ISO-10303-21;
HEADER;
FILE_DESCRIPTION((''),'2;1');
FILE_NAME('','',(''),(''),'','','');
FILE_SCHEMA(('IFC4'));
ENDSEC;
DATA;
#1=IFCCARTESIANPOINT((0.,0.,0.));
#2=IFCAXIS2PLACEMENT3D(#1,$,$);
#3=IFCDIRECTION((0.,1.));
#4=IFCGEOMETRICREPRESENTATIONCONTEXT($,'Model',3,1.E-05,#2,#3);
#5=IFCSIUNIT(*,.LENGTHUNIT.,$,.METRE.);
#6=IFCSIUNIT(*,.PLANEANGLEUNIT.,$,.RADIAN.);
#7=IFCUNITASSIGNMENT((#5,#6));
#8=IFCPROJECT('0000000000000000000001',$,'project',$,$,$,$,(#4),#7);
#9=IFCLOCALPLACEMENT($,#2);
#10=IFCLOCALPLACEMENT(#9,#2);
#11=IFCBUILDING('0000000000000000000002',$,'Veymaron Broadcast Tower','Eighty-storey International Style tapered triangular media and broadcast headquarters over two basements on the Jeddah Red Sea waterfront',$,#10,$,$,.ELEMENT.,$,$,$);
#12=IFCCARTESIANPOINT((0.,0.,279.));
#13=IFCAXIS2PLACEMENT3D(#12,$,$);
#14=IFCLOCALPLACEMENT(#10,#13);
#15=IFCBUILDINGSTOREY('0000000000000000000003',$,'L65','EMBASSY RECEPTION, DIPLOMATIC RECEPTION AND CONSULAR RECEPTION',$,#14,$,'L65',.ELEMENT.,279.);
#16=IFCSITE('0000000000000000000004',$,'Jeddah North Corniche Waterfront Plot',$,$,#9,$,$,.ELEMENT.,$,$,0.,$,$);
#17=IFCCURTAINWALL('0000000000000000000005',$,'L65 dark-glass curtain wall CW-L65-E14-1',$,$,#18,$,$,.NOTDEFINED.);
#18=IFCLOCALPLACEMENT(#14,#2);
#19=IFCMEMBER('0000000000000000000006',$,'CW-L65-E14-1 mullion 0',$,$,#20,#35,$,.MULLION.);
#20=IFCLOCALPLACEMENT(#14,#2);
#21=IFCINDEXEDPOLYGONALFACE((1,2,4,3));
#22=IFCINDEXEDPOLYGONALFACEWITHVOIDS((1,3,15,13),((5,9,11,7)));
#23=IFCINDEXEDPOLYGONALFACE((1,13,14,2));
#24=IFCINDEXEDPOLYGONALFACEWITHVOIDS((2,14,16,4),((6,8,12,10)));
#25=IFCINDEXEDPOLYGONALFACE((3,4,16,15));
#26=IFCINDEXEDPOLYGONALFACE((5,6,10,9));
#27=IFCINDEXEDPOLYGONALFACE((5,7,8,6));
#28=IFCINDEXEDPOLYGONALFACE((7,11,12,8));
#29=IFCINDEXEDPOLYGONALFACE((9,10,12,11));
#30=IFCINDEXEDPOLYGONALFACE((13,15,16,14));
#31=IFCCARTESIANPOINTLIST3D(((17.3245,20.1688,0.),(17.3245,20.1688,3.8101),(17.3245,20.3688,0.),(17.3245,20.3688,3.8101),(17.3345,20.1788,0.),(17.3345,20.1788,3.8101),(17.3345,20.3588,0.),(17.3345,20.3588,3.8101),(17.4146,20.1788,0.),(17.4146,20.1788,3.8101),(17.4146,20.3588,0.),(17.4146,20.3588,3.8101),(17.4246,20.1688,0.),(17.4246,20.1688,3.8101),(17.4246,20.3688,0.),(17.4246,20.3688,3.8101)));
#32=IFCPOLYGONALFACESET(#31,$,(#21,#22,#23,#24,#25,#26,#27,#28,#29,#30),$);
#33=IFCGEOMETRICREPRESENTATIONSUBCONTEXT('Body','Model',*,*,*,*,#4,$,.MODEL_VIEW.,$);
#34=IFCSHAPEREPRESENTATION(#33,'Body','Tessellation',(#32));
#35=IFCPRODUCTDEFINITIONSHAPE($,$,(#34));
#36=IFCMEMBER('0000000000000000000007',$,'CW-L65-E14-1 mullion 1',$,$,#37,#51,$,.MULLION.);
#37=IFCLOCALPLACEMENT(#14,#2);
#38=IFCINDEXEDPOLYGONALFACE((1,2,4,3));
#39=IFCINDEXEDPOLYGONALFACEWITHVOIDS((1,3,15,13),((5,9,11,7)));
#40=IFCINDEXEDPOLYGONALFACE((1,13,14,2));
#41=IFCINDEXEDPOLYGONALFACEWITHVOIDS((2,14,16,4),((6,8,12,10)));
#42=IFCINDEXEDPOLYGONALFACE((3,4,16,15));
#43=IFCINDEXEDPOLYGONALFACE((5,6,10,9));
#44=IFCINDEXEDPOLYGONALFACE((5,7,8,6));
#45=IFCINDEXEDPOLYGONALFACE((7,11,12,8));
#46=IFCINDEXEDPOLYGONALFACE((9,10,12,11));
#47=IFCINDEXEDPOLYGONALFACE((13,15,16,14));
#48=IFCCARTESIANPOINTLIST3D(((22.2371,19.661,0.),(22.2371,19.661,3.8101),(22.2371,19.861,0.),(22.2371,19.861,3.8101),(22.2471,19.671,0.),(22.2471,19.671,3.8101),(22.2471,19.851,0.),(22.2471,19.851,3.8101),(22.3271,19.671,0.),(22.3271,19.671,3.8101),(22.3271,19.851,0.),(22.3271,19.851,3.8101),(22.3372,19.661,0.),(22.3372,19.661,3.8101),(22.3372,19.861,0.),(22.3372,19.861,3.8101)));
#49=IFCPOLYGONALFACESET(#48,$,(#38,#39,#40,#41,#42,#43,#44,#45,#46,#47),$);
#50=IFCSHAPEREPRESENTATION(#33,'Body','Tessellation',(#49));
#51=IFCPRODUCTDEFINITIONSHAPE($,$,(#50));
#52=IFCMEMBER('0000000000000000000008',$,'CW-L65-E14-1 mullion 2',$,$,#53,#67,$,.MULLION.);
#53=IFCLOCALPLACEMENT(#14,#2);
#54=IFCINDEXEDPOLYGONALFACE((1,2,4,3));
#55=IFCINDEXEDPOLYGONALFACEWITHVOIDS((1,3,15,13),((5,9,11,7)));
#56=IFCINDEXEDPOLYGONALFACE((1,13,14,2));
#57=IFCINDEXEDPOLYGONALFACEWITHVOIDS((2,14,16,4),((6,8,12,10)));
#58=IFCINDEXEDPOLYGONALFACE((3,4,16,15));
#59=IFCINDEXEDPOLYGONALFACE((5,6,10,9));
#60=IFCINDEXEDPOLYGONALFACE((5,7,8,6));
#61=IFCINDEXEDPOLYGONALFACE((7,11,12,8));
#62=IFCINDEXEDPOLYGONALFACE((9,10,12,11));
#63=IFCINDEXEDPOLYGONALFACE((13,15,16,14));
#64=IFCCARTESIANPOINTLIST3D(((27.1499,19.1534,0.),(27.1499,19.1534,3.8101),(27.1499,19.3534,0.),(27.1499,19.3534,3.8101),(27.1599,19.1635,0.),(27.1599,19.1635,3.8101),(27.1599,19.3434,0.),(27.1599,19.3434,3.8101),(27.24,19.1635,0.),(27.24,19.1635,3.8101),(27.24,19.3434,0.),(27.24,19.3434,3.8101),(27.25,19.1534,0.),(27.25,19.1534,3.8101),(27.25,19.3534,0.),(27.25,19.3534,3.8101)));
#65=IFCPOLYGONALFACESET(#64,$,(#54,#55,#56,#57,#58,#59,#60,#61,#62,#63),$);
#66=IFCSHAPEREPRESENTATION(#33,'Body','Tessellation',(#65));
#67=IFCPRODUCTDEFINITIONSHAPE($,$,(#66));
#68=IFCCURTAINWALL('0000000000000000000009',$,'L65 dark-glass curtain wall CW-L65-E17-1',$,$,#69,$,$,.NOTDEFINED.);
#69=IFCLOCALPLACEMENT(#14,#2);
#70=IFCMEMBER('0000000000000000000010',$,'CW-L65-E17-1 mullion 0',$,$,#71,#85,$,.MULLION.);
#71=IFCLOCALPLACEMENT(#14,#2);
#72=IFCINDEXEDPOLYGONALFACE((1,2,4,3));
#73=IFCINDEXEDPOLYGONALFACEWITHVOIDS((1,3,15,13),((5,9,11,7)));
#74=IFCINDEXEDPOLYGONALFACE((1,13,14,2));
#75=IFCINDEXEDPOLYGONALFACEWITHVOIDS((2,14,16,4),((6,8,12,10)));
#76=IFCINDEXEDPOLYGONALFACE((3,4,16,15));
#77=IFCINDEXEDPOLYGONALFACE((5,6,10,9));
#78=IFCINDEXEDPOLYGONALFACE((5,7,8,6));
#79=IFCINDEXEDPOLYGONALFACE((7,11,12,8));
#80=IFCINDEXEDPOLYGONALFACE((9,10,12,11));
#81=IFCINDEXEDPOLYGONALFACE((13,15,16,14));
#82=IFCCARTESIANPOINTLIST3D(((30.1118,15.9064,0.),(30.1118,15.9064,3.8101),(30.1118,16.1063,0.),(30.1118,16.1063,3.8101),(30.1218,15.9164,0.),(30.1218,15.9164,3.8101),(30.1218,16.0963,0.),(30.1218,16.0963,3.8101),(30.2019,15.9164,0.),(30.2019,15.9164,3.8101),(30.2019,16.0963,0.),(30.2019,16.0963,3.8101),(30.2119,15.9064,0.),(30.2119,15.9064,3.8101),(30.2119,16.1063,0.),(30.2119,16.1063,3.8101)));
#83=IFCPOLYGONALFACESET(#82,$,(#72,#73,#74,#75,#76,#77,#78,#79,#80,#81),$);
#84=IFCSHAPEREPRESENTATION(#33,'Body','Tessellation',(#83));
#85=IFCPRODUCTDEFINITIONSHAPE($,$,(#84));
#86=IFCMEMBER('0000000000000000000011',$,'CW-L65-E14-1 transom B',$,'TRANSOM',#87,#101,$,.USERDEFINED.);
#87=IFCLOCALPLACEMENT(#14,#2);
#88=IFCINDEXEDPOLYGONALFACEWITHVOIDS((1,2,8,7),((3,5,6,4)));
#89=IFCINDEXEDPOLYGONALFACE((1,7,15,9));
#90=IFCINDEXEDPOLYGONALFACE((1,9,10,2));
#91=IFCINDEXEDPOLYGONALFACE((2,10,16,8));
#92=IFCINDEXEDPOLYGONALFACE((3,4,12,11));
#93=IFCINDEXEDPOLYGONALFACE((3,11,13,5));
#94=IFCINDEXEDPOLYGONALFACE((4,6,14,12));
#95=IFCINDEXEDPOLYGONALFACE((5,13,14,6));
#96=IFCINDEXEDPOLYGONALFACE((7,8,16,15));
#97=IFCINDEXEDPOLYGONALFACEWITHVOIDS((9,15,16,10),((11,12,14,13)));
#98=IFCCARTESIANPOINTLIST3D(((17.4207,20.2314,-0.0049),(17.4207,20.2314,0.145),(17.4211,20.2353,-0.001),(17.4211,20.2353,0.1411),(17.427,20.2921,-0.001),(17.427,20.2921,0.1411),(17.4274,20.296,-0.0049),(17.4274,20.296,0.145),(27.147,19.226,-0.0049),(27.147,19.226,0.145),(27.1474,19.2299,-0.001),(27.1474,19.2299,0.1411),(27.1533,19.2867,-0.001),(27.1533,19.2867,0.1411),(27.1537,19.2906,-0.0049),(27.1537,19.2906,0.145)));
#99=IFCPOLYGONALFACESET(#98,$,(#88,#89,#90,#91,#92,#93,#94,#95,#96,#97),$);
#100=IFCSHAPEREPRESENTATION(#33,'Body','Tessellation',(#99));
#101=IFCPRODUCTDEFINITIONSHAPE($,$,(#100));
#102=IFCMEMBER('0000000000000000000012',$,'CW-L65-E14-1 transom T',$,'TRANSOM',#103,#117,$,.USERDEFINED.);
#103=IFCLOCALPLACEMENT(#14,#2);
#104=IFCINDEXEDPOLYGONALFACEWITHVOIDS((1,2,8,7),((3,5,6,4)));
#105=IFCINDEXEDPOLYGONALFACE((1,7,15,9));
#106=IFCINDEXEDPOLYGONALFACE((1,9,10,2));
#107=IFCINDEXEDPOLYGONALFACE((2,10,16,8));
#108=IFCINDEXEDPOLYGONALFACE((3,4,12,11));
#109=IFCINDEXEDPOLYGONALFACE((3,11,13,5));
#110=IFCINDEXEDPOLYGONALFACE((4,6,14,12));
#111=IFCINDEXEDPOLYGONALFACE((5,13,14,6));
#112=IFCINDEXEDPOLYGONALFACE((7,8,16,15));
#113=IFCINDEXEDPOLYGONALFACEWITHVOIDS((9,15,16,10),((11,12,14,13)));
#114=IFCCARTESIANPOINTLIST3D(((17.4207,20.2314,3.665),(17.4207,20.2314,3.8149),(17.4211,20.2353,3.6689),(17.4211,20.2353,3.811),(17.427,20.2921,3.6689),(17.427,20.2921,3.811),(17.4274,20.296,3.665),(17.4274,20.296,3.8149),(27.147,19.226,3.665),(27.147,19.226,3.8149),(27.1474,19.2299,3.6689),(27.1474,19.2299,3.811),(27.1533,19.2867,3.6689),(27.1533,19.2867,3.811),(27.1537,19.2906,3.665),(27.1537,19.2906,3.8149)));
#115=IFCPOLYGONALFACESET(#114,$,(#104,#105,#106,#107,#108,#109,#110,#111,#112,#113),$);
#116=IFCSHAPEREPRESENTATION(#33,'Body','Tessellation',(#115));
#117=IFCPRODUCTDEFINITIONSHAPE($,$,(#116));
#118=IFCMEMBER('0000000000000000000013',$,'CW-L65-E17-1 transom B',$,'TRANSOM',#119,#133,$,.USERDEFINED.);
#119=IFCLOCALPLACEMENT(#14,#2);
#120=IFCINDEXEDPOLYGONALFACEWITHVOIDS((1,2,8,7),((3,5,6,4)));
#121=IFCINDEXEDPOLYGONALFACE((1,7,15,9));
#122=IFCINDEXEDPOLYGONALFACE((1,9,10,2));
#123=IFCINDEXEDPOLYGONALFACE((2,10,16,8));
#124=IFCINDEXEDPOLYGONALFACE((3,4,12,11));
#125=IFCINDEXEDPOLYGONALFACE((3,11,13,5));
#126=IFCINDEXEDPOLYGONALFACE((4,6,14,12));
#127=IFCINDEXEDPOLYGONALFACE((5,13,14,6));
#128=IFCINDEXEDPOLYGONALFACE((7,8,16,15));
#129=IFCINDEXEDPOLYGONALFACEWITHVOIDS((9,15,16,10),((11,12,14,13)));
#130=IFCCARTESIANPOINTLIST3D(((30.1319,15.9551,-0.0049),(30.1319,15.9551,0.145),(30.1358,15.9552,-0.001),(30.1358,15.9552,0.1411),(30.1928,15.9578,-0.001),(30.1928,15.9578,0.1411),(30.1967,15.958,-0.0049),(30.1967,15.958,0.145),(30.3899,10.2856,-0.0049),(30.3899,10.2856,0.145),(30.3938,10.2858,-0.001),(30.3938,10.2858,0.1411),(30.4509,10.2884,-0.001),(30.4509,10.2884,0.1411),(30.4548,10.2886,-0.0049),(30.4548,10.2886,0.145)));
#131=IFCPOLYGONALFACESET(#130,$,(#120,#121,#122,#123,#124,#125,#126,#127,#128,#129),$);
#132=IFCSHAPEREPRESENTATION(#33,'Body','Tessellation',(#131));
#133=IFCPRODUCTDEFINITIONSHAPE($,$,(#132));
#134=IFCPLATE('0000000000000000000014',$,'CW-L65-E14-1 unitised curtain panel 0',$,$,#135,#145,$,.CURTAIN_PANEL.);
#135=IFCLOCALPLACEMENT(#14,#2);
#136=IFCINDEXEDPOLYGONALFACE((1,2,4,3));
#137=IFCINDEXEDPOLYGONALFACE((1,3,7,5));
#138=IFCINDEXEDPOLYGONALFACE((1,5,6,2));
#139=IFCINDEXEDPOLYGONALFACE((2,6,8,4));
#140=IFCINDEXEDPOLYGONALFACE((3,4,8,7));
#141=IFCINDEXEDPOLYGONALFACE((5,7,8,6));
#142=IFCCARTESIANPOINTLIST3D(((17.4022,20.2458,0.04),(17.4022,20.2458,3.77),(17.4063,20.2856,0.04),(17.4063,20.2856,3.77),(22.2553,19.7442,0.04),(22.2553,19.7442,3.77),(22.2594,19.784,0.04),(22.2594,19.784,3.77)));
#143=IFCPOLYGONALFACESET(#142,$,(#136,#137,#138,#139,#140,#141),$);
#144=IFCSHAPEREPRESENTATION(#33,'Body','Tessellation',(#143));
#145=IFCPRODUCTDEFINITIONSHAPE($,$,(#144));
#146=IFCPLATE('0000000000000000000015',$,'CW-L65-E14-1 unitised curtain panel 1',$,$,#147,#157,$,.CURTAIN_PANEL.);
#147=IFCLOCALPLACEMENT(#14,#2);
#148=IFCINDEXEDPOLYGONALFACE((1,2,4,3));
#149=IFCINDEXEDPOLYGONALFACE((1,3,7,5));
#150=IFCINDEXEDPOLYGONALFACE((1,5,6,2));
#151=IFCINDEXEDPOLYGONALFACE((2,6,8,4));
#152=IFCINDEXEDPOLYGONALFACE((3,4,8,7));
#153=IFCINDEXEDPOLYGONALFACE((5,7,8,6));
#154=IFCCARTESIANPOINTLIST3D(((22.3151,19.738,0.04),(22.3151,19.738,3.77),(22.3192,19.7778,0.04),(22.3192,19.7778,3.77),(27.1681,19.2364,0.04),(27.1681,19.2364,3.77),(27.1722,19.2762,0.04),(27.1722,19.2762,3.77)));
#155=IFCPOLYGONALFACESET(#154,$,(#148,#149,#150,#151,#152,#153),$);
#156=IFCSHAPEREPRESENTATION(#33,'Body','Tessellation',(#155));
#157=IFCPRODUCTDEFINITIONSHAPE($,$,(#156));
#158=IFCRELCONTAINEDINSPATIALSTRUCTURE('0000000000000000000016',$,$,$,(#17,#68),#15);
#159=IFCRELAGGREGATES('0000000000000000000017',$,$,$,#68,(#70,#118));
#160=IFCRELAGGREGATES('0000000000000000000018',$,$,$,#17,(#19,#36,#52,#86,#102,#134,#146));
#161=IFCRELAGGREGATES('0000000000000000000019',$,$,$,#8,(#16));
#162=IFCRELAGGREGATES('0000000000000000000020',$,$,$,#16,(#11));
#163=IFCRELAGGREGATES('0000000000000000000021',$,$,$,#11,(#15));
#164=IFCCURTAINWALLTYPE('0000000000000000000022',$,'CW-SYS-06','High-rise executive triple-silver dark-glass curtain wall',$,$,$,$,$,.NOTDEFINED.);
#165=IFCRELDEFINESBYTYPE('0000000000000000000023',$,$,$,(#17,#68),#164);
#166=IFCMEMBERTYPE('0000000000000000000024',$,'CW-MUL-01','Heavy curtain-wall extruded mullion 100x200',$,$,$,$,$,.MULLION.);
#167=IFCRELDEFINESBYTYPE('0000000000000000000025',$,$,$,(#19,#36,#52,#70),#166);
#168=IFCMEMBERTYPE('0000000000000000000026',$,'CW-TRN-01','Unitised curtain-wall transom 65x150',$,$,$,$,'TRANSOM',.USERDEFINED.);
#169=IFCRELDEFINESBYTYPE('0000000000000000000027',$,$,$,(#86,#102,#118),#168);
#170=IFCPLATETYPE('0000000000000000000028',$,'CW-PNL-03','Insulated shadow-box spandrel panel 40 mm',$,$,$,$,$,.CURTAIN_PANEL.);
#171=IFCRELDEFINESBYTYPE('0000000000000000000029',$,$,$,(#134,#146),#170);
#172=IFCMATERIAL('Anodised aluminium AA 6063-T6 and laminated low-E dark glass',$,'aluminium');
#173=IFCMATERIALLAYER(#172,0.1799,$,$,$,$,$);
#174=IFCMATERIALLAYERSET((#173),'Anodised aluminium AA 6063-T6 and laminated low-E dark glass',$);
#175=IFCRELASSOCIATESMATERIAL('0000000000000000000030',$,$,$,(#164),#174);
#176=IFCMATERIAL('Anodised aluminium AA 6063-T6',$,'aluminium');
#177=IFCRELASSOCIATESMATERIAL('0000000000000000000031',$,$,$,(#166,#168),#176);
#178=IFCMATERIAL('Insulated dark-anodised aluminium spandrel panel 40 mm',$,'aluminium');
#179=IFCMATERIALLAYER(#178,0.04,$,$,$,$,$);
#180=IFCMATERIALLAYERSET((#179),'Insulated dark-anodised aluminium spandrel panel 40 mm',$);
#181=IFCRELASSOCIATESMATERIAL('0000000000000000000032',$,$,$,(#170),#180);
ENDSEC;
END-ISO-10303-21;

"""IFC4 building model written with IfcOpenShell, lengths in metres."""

from ifc_helpers import new_model, si_unit, direction, frame, origin, origin_2d, place, context, subcontext, project, spatial, rectangle, hollow_rectangle, extrude, material, layer, layer_set, material_profile, profile_set, type_object, element, aggregate, save


model = new_model("IFC4")

# Units and contexts
model_context = context("Model", 3, precision=1e-05, world=origin(), true_north=direction((0.0, 1.0)))
body_context = subcontext(model_context, "Body", "Model", "MODEL_VIEW")
ifc_project = project(units=[si_unit("LENGTHUNIT", "METRE"), si_unit("PLANEANGLEUNIT", "RADIAN")], contexts=[model_context])

# Site, building, storey
site_placement = place(None, origin())
site = spatial("IfcSite", under=ifc_project, at=site_placement, Name="Jeddah North Corniche Waterfront Plot", CompositionType="ELEMENT", RefElevation=0.0)
building_placement = place(site_placement, origin())
building = spatial("IfcBuilding", under=site, at=building_placement, Name="Veymaron Broadcast Tower", Description="Eighty-storey International Style tapered triangular media and broadcast headquarters over two basements on the Jeddah Red Sea waterfront", CompositionType="ELEMENT")
storey_placement = place(building_placement, frame((0.0, 0.0, 279.0)))
storey = spatial("IfcBuildingStorey", under=building, at=storey_placement, Name="L65", Description="EMBASSY RECEPTION, DIPLOMATIC RECEPTION AND CONSULAR RECEPTION", LongName="L65", CompositionType="ELEMENT", Elevation=279.0)

# Curtain wall, members
ifc_material_1 = material(Name="Anodised aluminium AA 6063-T6 and laminated low-E dark glass", Category="aluminium")
ifc_layer_1 = layer(ifc_material_1, 0.1799)
ifc_layer_set_1 = layer_set([ifc_layer_1], Name="Anodised aluminium AA 6063-T6 and laminated low-E dark glass")
curtain_wall_type = type_object("IfcCurtainWallType", Name="CW-SYS-06", Description="High-rise executive triple-silver dark-glass curtain wall", PredefinedType="NOTDEFINED", material=ifc_layer_set_1)
curtain_wall_1_placement = place(storey_placement, origin())
curtain_wall_1 = element("IfcCurtainWall", 1, at=curtain_wall_1_placement, inside=storey, type_object=curtain_wall_type, Name="L65 dark-glass curtain wall CW-L65-E14-1", PredefinedType="NOTDEFINED")
ifc_material_2 = material(Name="Anodised aluminium AA 6063-T6", Category="aluminium")
ifc_material_profile_1 = material_profile(ifc_material_2, hollow_rectangle(XDim=0.1001, YDim=0.2, WallThickness=0.01, at=origin_2d()), Name="RHS200X100X10")
ifc_profile_set_1 = profile_set([ifc_material_profile_1], Name="Anodised aluminium AA 6063-T6")
member_type_1 = type_object("IfcMemberType", Name="CW-MUL-01", Description="Heavy curtain-wall extruded mullion 100x200", PredefinedType="MULLION", material=ifc_profile_set_1)
member_1_placement = place(storey_placement, frame((17.3745, 20.2688, 0.0), z_axis=(0.0, 0.0, 1.0), x_axis=(1.0, 0.0, 0.0)))
member_1 = element("IfcMember", 2, at=member_1_placement, type_object=member_type_1, Name="CW-L65-E14-1 mullion 0", PredefinedType="MULLION", context=body_context, shape_type="SweptSolid", body=[
    extrude(hollow_rectangle(XDim=0.1001, YDim=0.2, WallThickness=0.01, at=origin_2d()), origin(), (0.0, 0.0, 1.0), 3.8101),
])
member_2_placement = place(storey_placement, frame((22.2871, 19.761, 0.0), z_axis=(0.0, 0.0, 1.0), x_axis=(1.0, 0.0, 0.0)))
member_2 = element("IfcMember", 3, at=member_2_placement, type_object=member_type_1, Name="CW-L65-E14-1 mullion 1", PredefinedType="MULLION", context=body_context, shape_type="SweptSolid", body=[
    extrude(hollow_rectangle(XDim=0.1001, YDim=0.2, WallThickness=0.01, at=origin_2d()), origin(), (0.0, 0.0, 1.0), 3.8101),
])
member_3_placement = place(storey_placement, frame((27.2, 19.2534, 0.0), z_axis=(0.0, 0.0, 1.0), x_axis=(1.0, 0.0, 0.0)))
member_3 = element("IfcMember", 4, at=member_3_placement, type_object=member_type_1, Name="CW-L65-E14-1 mullion 2", PredefinedType="MULLION", context=body_context, shape_type="SweptSolid", body=[
    extrude(hollow_rectangle(XDim=0.1001, YDim=0.2, WallThickness=0.01, at=origin_2d()), origin(), (0.0, 0.0, 1.0), 3.8101),
])

# Curtain wall, member
curtain_wall_2_placement = place(storey_placement, origin())
curtain_wall_2 = element("IfcCurtainWall", 5, at=curtain_wall_2_placement, inside=storey, type_object=curtain_wall_type, Name="L65 dark-glass curtain wall CW-L65-E17-1", PredefinedType="NOTDEFINED")
member_4_placement = place(storey_placement, frame((30.1619, 16.0063, 0.0), z_axis=(0.0, 0.0, 1.0), x_axis=(1.0, 0.0, 0.0)))
member_4 = element("IfcMember", 6, at=member_4_placement, type_object=member_type_1, Name="CW-L65-E17-1 mullion 0", PredefinedType="MULLION", context=body_context, shape_type="SweptSolid", body=[
    extrude(hollow_rectangle(XDim=0.1001, YDim=0.2, WallThickness=0.01, at=origin_2d()), origin(), (0.0, 0.0, 1.0), 3.8101),
])

# Members
ifc_material_profile_2 = material_profile(ifc_material_2, hollow_rectangle(XDim=0.0649, YDim=0.1499, WallThickness=0.0039, at=origin_2d()), Name="AL150X65X4")
ifc_profile_set_2 = profile_set([ifc_material_profile_2], Name="Anodised aluminium AA 6063-T6")
member_type_2 = type_object("IfcMemberType", Name="CW-TRN-01", Description="Unitised curtain-wall transom 65x150", ElementType="TRANSOM", PredefinedType="USERDEFINED", material=ifc_profile_set_2)
member_5_placement = place(storey_placement, frame((17.4241, 20.2637, 0.0701), z_axis=(0.9947, -0.102818, 0.0), x_axis=(0.102818, 0.9947, 0.0)))
member_5 = element("IfcMember", 7, at=member_5_placement, type_object=member_type_2, Name="CW-L65-E14-1 transom B", ObjectType="TRANSOM", PredefinedType="USERDEFINED", context=body_context, shape_type="SweptSolid", body=[
    extrude(hollow_rectangle(XDim=0.0649, YDim=0.1499, WallThickness=0.0039, at=origin_2d()), origin(), (0.0, 0.0, 1.0), 9.7781),
])
member_6_placement = place(storey_placement, frame((17.4241, 20.2637, 3.74), z_axis=(0.9947, -0.102818, 0.0), x_axis=(0.102818, 0.9947, 0.0)))
member_6 = element("IfcMember", 8, at=member_6_placement, type_object=member_type_2, Name="CW-L65-E14-1 transom T", ObjectType="TRANSOM", PredefinedType="USERDEFINED", context=body_context, shape_type="SweptSolid", body=[
    extrude(hollow_rectangle(XDim=0.0649, YDim=0.1499, WallThickness=0.0039, at=origin_2d()), origin(), (0.0, 0.0, 1.0), 9.7781),
])
member_7_placement = place(storey_placement, frame((30.1643, 15.9565, 0.0701), z_axis=(0.04547, -0.998966, 0.0), x_axis=(0.998966, 0.04547, 0.0)))
member_7 = element("IfcMember", 9, at=member_7_placement, type_object=member_type_2, Name="CW-L65-E17-1 transom B", ObjectType="TRANSOM", PredefinedType="USERDEFINED", context=body_context, shape_type="SweptSolid", body=[
    extrude(hollow_rectangle(XDim=0.0649, YDim=0.1499, WallThickness=0.0039, at=origin_2d()), origin(), (0.0, 0.0, 1.0), 5.6753),
])
aggregate(curtain_wall_2, [member_4, member_7])

# Plates
ifc_material_3 = material(Name="Insulated dark-anodised aluminium spandrel panel 40 mm", Category="aluminium")
ifc_layer_2 = layer(ifc_material_3, 0.04)
ifc_layer_set_2 = layer_set([ifc_layer_2], Name="Insulated dark-anodised aluminium spandrel panel 40 mm")
plate_type = type_object("IfcPlateType", Name="CW-PNL-03", Description="Insulated shadow-box spandrel panel 40 mm", PredefinedType="CURTAIN_PANEL", material=ifc_layer_set_2)
plate_1_placement = place(storey_placement, frame((19.8308, 20.0149, 0.04), z_axis=(0.0, 0.0, 1.0), x_axis=(0.994701, -0.10281, 0.0)))
plate_1 = element("IfcPlate", 10, at=plate_1_placement, type_object=plate_type, Name="CW-L65-E14-1 unitised curtain panel 0", PredefinedType="CURTAIN_PANEL", context=body_context, shape_type="SweptSolid", body=[
    extrude(rectangle(XDim=4.8789, YDim=0.04, at=origin_2d()), origin(), (0.0, 0.0, 1.0), 3.73),
])
plate_2_placement = place(storey_placement, frame((24.7437, 19.5071, 0.04), z_axis=(0.0, 0.0, 1.0), x_axis=(0.994701, -0.10281, 0.0)))
plate_2 = element("IfcPlate", 11, at=plate_2_placement, type_object=plate_type, Name="CW-L65-E14-1 unitised curtain panel 1", PredefinedType="CURTAIN_PANEL", context=body_context, shape_type="SweptSolid", body=[
    extrude(rectangle(XDim=4.8789, YDim=0.04, at=origin_2d()), origin(), (0.0, 0.0, 1.0), 3.73),
])
aggregate(curtain_wall_1, [member_1, member_2, member_3, member_5, member_6, plate_1, plate_2])

save(model, "model.ifc")
